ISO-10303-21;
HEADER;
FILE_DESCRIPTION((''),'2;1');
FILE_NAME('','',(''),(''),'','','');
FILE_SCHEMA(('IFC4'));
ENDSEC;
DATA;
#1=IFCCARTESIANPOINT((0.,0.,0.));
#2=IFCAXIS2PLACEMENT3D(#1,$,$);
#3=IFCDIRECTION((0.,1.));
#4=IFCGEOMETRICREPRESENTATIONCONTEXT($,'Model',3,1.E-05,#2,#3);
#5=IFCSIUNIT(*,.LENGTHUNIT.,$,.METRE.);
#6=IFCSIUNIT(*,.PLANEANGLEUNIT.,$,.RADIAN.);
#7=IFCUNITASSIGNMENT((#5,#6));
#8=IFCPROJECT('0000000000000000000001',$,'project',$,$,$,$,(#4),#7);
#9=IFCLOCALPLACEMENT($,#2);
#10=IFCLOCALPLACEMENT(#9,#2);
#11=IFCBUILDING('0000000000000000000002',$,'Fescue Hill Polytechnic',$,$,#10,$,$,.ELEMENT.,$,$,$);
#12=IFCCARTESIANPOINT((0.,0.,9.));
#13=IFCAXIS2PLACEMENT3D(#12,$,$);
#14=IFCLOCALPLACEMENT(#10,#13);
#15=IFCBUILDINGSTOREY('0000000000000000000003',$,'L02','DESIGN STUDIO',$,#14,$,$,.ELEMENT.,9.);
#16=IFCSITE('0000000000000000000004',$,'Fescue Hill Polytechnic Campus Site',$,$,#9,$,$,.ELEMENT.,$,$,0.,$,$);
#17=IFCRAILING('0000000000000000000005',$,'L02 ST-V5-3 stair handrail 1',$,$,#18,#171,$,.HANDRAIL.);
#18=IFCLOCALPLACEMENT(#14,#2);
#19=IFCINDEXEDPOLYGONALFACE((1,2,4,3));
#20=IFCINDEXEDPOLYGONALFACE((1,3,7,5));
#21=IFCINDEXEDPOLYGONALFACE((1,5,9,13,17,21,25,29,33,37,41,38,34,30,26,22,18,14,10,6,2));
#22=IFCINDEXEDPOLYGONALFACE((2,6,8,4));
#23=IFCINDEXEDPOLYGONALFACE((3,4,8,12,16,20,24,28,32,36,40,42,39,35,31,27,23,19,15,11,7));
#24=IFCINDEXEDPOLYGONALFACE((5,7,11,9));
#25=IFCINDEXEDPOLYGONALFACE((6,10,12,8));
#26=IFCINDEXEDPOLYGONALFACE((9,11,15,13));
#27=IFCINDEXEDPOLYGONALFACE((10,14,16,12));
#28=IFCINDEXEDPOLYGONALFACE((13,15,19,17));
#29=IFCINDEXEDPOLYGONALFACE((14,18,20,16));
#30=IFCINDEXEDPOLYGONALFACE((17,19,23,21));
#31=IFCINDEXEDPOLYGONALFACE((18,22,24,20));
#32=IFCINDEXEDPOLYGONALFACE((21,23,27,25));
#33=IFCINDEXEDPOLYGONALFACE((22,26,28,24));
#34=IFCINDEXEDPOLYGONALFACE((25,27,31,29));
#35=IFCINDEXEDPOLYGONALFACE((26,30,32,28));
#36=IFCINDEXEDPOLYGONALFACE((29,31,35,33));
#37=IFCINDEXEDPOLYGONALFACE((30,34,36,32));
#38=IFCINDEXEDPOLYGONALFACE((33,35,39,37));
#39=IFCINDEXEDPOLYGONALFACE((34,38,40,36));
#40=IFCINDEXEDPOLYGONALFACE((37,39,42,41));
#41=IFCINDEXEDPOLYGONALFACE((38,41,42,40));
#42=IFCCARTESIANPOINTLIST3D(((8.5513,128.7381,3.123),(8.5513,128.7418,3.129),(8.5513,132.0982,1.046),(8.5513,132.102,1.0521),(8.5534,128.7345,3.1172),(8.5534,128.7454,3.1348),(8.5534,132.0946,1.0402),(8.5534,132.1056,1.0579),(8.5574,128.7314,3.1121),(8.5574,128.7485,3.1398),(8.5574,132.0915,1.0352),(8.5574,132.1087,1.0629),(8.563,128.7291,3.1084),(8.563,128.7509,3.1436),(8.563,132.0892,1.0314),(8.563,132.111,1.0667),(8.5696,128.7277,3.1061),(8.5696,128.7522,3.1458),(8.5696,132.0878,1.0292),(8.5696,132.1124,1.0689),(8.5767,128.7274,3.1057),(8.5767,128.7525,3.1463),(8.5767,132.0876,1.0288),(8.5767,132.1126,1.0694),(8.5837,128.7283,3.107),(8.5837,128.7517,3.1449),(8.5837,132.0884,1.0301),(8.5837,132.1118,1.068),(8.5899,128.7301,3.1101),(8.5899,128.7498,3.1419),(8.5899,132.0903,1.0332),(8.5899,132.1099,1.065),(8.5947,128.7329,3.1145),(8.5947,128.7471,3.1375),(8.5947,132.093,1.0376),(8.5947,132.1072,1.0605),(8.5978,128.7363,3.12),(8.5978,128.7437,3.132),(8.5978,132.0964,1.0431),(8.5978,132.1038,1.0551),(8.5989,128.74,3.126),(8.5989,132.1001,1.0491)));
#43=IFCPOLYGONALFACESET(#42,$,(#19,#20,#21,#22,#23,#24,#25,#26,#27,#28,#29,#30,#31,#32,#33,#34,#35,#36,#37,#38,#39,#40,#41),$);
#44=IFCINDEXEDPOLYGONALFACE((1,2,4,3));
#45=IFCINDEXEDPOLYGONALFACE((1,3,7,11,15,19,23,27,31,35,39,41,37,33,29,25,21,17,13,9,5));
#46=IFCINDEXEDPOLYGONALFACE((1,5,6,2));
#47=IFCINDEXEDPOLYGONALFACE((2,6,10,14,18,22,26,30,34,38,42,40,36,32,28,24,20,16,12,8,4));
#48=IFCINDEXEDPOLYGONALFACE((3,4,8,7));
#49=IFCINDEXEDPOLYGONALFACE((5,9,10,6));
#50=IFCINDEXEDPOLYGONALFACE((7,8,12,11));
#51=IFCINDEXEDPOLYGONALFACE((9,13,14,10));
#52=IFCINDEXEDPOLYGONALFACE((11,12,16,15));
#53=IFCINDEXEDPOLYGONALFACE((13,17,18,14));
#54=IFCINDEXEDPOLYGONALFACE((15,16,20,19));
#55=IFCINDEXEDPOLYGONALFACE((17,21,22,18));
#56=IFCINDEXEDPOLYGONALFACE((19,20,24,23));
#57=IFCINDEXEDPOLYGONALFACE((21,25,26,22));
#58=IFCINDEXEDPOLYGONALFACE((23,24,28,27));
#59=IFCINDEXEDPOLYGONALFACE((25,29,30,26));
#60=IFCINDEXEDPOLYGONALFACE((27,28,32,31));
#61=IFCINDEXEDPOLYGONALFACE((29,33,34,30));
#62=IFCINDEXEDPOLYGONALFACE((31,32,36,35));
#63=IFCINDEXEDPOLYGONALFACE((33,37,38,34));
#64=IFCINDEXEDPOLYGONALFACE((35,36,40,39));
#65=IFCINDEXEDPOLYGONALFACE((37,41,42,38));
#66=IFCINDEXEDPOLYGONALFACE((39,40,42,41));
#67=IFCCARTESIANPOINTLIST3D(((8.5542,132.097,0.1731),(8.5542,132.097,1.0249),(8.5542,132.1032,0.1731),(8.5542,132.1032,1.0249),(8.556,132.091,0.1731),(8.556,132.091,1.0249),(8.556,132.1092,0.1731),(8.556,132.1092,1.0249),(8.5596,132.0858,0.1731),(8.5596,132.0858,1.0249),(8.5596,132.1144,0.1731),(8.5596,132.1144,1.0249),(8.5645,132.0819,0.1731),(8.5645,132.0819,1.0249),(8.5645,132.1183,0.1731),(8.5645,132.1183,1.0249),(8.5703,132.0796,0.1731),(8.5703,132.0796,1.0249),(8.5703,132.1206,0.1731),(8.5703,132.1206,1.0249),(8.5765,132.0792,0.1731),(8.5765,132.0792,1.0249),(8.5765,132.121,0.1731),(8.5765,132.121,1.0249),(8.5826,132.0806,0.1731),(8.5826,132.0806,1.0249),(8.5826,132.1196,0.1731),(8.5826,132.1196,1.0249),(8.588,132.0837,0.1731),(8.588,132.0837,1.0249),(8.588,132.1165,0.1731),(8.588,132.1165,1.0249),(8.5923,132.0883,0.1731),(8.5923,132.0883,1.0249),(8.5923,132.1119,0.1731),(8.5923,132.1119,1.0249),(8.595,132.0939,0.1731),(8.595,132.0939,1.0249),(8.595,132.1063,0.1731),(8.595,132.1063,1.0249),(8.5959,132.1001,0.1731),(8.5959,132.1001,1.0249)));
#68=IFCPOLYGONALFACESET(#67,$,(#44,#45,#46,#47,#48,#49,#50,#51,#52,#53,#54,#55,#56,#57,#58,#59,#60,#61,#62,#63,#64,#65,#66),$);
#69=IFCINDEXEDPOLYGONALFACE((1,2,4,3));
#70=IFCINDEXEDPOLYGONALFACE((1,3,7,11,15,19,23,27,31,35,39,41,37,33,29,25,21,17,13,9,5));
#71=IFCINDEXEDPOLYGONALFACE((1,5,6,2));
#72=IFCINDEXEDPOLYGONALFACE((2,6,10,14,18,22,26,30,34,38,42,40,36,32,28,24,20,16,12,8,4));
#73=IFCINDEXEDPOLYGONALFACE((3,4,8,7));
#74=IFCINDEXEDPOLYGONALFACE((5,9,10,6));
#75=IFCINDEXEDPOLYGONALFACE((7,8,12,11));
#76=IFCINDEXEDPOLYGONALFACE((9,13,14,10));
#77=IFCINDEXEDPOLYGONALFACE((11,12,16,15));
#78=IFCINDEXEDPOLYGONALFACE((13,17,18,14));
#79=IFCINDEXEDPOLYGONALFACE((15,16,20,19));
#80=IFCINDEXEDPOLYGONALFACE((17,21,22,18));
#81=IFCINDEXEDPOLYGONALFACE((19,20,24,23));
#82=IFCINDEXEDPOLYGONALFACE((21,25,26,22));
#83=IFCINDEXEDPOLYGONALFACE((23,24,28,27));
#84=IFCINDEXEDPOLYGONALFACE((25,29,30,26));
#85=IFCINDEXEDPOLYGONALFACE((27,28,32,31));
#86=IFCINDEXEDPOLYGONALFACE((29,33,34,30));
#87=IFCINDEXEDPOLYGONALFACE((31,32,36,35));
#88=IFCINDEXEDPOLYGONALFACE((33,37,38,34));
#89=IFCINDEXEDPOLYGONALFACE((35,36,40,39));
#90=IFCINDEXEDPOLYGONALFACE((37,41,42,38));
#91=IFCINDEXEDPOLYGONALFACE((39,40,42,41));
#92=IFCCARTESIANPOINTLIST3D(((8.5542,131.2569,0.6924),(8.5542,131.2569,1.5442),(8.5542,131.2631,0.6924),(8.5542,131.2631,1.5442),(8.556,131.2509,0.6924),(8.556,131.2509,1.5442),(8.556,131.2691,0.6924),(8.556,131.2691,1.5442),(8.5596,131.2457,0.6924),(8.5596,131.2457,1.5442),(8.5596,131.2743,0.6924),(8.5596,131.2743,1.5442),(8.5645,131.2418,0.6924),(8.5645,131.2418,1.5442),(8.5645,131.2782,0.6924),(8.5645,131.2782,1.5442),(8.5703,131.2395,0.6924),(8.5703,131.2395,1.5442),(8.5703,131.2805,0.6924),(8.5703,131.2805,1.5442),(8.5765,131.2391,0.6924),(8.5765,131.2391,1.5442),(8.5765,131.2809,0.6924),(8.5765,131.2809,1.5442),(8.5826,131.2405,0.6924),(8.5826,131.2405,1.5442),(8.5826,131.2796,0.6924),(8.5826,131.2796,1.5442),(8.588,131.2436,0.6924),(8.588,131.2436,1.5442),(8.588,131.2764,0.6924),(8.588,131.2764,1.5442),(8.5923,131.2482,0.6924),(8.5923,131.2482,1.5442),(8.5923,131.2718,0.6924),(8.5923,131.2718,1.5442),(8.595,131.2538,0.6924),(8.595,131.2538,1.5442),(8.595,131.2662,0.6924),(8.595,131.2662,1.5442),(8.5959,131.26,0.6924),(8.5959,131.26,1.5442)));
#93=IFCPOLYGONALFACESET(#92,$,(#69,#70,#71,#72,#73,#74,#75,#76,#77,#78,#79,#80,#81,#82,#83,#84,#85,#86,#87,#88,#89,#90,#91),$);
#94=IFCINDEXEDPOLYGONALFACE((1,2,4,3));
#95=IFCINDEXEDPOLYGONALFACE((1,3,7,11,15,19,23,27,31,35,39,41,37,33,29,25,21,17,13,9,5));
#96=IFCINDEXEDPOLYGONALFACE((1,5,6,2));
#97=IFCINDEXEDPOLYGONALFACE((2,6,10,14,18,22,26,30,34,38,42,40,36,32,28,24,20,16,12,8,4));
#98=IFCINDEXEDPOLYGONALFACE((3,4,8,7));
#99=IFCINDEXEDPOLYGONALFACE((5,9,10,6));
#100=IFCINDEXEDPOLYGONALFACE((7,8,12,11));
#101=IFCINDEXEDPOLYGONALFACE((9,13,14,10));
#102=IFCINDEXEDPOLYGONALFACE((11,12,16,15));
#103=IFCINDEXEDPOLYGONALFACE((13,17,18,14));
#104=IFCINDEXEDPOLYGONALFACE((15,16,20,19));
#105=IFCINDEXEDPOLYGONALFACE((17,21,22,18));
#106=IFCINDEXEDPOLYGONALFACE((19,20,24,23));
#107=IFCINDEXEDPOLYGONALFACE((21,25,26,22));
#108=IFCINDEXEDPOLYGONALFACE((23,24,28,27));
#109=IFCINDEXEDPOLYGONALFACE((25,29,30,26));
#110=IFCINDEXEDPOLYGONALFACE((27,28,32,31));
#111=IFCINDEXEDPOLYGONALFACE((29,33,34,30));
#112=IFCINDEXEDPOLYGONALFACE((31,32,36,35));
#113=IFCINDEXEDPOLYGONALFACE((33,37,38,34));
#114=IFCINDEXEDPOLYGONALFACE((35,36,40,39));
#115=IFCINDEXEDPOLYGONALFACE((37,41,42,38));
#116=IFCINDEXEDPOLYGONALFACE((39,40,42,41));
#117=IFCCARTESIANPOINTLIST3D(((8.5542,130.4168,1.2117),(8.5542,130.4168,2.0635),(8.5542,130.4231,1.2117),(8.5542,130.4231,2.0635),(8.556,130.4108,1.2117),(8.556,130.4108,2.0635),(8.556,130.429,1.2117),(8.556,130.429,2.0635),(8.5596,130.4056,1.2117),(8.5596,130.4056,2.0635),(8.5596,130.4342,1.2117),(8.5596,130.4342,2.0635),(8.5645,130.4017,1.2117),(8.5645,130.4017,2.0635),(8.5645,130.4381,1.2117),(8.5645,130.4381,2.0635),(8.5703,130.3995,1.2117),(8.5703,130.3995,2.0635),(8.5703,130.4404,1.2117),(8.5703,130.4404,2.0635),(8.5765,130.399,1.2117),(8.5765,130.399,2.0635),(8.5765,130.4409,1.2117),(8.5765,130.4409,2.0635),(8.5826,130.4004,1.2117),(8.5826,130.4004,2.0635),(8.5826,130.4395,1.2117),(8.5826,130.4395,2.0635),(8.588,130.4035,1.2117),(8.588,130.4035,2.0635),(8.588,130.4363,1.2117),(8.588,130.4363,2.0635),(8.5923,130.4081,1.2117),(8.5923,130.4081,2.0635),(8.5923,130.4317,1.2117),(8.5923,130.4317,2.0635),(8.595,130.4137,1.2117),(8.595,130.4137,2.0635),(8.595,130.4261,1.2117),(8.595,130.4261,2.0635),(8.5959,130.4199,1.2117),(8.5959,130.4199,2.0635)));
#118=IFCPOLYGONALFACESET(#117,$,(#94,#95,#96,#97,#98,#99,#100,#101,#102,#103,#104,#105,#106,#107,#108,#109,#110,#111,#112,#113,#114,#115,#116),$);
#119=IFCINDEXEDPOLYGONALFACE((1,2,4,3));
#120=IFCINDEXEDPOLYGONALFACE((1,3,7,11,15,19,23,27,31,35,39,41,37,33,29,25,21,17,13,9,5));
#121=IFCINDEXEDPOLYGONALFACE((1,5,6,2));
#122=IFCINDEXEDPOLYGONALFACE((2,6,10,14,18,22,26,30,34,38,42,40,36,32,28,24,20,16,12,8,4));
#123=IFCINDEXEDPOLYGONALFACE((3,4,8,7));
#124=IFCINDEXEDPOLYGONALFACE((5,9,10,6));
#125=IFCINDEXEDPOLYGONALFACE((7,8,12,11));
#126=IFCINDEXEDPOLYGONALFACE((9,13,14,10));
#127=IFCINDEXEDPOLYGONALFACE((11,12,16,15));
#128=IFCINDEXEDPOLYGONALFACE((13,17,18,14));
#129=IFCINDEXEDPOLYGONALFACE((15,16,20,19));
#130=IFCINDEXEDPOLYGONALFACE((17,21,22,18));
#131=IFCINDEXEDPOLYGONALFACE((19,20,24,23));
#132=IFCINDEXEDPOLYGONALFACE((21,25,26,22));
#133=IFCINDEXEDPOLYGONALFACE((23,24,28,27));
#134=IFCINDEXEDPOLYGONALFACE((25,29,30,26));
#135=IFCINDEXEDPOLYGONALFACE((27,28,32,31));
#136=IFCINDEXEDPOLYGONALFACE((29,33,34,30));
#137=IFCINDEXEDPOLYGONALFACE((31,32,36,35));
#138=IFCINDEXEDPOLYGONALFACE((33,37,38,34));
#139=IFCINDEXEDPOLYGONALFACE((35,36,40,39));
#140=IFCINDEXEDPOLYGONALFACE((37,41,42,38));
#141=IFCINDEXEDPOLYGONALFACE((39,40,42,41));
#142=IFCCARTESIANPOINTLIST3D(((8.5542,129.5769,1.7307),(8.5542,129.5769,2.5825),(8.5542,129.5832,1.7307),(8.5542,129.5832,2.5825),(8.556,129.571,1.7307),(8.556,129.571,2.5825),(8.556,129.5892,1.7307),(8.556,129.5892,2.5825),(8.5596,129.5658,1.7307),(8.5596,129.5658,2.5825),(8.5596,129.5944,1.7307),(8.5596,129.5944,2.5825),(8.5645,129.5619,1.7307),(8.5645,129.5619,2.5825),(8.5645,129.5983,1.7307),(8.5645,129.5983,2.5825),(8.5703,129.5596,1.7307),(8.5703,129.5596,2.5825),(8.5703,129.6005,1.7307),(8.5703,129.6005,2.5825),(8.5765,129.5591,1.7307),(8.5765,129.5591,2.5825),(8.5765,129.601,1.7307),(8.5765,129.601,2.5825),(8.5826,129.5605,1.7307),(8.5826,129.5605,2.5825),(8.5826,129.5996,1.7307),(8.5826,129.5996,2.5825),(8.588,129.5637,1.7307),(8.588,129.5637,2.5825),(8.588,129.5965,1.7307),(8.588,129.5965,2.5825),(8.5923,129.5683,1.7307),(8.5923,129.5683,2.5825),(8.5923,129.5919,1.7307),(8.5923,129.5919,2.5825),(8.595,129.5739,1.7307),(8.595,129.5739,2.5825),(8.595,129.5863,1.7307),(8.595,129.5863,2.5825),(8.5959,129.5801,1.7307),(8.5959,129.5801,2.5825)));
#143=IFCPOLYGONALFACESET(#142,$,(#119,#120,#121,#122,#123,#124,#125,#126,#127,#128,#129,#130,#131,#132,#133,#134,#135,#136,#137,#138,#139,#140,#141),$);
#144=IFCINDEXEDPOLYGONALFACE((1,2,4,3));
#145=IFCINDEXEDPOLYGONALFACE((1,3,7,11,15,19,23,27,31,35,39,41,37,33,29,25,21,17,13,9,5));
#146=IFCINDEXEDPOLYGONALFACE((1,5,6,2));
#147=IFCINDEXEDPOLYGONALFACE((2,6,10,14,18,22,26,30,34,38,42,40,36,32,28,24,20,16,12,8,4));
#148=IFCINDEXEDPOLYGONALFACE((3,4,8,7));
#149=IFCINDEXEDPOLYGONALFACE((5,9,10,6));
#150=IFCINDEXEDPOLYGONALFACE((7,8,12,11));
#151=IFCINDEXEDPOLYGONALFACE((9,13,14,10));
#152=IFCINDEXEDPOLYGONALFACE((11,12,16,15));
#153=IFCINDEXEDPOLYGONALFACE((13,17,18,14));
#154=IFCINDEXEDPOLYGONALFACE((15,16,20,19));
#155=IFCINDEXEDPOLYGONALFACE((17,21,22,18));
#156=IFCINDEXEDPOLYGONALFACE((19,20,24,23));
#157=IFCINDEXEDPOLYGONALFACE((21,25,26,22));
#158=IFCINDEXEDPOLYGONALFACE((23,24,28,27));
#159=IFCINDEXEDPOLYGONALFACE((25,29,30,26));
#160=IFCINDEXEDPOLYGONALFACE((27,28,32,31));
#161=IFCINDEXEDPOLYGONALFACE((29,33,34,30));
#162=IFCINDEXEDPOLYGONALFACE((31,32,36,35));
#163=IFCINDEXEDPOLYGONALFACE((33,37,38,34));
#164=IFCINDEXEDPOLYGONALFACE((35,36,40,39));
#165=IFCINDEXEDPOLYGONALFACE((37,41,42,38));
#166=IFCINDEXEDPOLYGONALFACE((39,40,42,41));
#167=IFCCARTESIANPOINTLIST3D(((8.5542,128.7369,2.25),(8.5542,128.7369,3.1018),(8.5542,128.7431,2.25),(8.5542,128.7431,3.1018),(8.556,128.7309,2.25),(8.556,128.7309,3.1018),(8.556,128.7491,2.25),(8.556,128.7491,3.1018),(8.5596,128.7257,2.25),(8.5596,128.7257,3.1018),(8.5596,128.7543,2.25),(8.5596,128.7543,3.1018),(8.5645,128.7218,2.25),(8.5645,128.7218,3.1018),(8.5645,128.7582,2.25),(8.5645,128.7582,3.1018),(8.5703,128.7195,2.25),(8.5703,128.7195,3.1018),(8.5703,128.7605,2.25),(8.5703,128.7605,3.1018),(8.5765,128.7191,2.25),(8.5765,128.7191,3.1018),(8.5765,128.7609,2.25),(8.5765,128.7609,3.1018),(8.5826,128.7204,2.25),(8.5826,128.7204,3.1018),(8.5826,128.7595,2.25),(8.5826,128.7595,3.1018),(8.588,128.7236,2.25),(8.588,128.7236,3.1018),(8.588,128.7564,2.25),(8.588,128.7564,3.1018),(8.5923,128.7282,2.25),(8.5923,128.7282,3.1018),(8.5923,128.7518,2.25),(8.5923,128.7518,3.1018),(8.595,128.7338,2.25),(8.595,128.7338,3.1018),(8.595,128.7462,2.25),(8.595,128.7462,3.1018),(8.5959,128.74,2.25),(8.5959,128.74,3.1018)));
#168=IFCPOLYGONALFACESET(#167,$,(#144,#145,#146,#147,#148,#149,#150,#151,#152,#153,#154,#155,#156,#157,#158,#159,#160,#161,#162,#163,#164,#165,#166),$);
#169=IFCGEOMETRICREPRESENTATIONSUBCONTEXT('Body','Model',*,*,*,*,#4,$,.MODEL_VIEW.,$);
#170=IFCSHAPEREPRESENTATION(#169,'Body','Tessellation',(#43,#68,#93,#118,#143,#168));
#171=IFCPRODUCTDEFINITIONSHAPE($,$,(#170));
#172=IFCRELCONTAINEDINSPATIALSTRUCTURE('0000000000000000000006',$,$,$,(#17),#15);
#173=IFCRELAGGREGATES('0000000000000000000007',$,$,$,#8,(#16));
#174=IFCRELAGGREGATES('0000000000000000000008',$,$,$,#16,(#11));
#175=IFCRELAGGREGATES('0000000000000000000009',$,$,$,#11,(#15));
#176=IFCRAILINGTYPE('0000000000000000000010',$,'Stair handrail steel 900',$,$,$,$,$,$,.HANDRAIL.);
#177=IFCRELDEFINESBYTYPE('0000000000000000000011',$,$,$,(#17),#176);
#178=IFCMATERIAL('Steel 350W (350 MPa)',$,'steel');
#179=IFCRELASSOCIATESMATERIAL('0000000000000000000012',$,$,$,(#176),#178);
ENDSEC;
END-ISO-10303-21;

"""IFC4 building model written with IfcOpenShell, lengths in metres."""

from ifc_helpers import new_model, si_unit, direction, frame, origin, origin_2d, place, context, subcontext, project, spatial, circle, extrude, material, type_object, element, save


model = new_model("IFC4")

# Units and contexts
model_context = context("Model", 3, precision=1e-05, world=origin(), true_north=direction((0.0, 1.0)))
body_context = subcontext(model_context, "Body", "Model", "MODEL_VIEW")
ifc_project = project(units=[si_unit("LENGTHUNIT", "METRE"), si_unit("PLANEANGLEUNIT", "RADIAN")], contexts=[model_context])

# Site, building, storey
site_placement = place(None, origin())
site = spatial("IfcSite", under=ifc_project, at=site_placement, Name="Fescue Hill Polytechnic Campus Site", CompositionType="ELEMENT", RefElevation=0.0)
building_placement = place(site_placement, origin())
building = spatial("IfcBuilding", under=site, at=building_placement, Name="Fescue Hill Polytechnic", CompositionType="ELEMENT")
storey_placement = place(building_placement, frame((0.0, 0.0, 9.0)))
storey = spatial("IfcBuildingStorey", under=building, at=storey_placement, Name="L02", Description="DESIGN STUDIO", CompositionType="ELEMENT", Elevation=9.0)

# Railing
ifc_material_1 = material(Name="Steel 350W (350 MPa)", Category="steel")
railing_type_1 = type_object("IfcRailingType", Name="Stair handrail steel 900", PredefinedType="HANDRAIL", material=ifc_material_1)
railing_1_placement = place(storey_placement, frame((8.575, 132.1001, 0.1731)))
element("IfcRailing", 1, at=railing_1_placement, inside=storey, type_object=railing_type_1, Name="L02 ST-V5-3 stair handrail 1", PredefinedType="HANDRAIL", context=body_context, shape_type="SweptSolid", body=[
    extrude(circle(Radius=0.0239, at=origin_2d()), frame((0.0, 0.0, 0.876), z_axis=(0.0, -0.850623, 0.525776), x_axis=(1.0, 0.0, 0.0)), (0.0, 0.0, 1.0), 3.9502),
    extrude(circle(Radius=0.021, at=origin_2d()), origin(), (0.0, 0.0, 1.0), 0.8518),
    extrude(circle(Radius=0.021, at=origin_2d()), frame((0.0, -0.8401, 0.5193)), (0.0, 0.0, 1.0), 0.8518),
    extrude(circle(Radius=0.021, at=origin_2d()), frame((0.0, -1.6802, 1.0386)), (0.0, 0.0, 1.0), 0.8518),
    extrude(circle(Radius=0.021, at=origin_2d()), frame((0.0, -2.52, 1.5576)), (0.0, 0.0, 1.0), 0.8518),
    extrude(circle(Radius=0.021, at=origin_2d()), frame((0.0, -3.3601, 2.0769)), (0.0, 0.0, 1.0), 0.8518),
])

save(model, "model.ifc")
